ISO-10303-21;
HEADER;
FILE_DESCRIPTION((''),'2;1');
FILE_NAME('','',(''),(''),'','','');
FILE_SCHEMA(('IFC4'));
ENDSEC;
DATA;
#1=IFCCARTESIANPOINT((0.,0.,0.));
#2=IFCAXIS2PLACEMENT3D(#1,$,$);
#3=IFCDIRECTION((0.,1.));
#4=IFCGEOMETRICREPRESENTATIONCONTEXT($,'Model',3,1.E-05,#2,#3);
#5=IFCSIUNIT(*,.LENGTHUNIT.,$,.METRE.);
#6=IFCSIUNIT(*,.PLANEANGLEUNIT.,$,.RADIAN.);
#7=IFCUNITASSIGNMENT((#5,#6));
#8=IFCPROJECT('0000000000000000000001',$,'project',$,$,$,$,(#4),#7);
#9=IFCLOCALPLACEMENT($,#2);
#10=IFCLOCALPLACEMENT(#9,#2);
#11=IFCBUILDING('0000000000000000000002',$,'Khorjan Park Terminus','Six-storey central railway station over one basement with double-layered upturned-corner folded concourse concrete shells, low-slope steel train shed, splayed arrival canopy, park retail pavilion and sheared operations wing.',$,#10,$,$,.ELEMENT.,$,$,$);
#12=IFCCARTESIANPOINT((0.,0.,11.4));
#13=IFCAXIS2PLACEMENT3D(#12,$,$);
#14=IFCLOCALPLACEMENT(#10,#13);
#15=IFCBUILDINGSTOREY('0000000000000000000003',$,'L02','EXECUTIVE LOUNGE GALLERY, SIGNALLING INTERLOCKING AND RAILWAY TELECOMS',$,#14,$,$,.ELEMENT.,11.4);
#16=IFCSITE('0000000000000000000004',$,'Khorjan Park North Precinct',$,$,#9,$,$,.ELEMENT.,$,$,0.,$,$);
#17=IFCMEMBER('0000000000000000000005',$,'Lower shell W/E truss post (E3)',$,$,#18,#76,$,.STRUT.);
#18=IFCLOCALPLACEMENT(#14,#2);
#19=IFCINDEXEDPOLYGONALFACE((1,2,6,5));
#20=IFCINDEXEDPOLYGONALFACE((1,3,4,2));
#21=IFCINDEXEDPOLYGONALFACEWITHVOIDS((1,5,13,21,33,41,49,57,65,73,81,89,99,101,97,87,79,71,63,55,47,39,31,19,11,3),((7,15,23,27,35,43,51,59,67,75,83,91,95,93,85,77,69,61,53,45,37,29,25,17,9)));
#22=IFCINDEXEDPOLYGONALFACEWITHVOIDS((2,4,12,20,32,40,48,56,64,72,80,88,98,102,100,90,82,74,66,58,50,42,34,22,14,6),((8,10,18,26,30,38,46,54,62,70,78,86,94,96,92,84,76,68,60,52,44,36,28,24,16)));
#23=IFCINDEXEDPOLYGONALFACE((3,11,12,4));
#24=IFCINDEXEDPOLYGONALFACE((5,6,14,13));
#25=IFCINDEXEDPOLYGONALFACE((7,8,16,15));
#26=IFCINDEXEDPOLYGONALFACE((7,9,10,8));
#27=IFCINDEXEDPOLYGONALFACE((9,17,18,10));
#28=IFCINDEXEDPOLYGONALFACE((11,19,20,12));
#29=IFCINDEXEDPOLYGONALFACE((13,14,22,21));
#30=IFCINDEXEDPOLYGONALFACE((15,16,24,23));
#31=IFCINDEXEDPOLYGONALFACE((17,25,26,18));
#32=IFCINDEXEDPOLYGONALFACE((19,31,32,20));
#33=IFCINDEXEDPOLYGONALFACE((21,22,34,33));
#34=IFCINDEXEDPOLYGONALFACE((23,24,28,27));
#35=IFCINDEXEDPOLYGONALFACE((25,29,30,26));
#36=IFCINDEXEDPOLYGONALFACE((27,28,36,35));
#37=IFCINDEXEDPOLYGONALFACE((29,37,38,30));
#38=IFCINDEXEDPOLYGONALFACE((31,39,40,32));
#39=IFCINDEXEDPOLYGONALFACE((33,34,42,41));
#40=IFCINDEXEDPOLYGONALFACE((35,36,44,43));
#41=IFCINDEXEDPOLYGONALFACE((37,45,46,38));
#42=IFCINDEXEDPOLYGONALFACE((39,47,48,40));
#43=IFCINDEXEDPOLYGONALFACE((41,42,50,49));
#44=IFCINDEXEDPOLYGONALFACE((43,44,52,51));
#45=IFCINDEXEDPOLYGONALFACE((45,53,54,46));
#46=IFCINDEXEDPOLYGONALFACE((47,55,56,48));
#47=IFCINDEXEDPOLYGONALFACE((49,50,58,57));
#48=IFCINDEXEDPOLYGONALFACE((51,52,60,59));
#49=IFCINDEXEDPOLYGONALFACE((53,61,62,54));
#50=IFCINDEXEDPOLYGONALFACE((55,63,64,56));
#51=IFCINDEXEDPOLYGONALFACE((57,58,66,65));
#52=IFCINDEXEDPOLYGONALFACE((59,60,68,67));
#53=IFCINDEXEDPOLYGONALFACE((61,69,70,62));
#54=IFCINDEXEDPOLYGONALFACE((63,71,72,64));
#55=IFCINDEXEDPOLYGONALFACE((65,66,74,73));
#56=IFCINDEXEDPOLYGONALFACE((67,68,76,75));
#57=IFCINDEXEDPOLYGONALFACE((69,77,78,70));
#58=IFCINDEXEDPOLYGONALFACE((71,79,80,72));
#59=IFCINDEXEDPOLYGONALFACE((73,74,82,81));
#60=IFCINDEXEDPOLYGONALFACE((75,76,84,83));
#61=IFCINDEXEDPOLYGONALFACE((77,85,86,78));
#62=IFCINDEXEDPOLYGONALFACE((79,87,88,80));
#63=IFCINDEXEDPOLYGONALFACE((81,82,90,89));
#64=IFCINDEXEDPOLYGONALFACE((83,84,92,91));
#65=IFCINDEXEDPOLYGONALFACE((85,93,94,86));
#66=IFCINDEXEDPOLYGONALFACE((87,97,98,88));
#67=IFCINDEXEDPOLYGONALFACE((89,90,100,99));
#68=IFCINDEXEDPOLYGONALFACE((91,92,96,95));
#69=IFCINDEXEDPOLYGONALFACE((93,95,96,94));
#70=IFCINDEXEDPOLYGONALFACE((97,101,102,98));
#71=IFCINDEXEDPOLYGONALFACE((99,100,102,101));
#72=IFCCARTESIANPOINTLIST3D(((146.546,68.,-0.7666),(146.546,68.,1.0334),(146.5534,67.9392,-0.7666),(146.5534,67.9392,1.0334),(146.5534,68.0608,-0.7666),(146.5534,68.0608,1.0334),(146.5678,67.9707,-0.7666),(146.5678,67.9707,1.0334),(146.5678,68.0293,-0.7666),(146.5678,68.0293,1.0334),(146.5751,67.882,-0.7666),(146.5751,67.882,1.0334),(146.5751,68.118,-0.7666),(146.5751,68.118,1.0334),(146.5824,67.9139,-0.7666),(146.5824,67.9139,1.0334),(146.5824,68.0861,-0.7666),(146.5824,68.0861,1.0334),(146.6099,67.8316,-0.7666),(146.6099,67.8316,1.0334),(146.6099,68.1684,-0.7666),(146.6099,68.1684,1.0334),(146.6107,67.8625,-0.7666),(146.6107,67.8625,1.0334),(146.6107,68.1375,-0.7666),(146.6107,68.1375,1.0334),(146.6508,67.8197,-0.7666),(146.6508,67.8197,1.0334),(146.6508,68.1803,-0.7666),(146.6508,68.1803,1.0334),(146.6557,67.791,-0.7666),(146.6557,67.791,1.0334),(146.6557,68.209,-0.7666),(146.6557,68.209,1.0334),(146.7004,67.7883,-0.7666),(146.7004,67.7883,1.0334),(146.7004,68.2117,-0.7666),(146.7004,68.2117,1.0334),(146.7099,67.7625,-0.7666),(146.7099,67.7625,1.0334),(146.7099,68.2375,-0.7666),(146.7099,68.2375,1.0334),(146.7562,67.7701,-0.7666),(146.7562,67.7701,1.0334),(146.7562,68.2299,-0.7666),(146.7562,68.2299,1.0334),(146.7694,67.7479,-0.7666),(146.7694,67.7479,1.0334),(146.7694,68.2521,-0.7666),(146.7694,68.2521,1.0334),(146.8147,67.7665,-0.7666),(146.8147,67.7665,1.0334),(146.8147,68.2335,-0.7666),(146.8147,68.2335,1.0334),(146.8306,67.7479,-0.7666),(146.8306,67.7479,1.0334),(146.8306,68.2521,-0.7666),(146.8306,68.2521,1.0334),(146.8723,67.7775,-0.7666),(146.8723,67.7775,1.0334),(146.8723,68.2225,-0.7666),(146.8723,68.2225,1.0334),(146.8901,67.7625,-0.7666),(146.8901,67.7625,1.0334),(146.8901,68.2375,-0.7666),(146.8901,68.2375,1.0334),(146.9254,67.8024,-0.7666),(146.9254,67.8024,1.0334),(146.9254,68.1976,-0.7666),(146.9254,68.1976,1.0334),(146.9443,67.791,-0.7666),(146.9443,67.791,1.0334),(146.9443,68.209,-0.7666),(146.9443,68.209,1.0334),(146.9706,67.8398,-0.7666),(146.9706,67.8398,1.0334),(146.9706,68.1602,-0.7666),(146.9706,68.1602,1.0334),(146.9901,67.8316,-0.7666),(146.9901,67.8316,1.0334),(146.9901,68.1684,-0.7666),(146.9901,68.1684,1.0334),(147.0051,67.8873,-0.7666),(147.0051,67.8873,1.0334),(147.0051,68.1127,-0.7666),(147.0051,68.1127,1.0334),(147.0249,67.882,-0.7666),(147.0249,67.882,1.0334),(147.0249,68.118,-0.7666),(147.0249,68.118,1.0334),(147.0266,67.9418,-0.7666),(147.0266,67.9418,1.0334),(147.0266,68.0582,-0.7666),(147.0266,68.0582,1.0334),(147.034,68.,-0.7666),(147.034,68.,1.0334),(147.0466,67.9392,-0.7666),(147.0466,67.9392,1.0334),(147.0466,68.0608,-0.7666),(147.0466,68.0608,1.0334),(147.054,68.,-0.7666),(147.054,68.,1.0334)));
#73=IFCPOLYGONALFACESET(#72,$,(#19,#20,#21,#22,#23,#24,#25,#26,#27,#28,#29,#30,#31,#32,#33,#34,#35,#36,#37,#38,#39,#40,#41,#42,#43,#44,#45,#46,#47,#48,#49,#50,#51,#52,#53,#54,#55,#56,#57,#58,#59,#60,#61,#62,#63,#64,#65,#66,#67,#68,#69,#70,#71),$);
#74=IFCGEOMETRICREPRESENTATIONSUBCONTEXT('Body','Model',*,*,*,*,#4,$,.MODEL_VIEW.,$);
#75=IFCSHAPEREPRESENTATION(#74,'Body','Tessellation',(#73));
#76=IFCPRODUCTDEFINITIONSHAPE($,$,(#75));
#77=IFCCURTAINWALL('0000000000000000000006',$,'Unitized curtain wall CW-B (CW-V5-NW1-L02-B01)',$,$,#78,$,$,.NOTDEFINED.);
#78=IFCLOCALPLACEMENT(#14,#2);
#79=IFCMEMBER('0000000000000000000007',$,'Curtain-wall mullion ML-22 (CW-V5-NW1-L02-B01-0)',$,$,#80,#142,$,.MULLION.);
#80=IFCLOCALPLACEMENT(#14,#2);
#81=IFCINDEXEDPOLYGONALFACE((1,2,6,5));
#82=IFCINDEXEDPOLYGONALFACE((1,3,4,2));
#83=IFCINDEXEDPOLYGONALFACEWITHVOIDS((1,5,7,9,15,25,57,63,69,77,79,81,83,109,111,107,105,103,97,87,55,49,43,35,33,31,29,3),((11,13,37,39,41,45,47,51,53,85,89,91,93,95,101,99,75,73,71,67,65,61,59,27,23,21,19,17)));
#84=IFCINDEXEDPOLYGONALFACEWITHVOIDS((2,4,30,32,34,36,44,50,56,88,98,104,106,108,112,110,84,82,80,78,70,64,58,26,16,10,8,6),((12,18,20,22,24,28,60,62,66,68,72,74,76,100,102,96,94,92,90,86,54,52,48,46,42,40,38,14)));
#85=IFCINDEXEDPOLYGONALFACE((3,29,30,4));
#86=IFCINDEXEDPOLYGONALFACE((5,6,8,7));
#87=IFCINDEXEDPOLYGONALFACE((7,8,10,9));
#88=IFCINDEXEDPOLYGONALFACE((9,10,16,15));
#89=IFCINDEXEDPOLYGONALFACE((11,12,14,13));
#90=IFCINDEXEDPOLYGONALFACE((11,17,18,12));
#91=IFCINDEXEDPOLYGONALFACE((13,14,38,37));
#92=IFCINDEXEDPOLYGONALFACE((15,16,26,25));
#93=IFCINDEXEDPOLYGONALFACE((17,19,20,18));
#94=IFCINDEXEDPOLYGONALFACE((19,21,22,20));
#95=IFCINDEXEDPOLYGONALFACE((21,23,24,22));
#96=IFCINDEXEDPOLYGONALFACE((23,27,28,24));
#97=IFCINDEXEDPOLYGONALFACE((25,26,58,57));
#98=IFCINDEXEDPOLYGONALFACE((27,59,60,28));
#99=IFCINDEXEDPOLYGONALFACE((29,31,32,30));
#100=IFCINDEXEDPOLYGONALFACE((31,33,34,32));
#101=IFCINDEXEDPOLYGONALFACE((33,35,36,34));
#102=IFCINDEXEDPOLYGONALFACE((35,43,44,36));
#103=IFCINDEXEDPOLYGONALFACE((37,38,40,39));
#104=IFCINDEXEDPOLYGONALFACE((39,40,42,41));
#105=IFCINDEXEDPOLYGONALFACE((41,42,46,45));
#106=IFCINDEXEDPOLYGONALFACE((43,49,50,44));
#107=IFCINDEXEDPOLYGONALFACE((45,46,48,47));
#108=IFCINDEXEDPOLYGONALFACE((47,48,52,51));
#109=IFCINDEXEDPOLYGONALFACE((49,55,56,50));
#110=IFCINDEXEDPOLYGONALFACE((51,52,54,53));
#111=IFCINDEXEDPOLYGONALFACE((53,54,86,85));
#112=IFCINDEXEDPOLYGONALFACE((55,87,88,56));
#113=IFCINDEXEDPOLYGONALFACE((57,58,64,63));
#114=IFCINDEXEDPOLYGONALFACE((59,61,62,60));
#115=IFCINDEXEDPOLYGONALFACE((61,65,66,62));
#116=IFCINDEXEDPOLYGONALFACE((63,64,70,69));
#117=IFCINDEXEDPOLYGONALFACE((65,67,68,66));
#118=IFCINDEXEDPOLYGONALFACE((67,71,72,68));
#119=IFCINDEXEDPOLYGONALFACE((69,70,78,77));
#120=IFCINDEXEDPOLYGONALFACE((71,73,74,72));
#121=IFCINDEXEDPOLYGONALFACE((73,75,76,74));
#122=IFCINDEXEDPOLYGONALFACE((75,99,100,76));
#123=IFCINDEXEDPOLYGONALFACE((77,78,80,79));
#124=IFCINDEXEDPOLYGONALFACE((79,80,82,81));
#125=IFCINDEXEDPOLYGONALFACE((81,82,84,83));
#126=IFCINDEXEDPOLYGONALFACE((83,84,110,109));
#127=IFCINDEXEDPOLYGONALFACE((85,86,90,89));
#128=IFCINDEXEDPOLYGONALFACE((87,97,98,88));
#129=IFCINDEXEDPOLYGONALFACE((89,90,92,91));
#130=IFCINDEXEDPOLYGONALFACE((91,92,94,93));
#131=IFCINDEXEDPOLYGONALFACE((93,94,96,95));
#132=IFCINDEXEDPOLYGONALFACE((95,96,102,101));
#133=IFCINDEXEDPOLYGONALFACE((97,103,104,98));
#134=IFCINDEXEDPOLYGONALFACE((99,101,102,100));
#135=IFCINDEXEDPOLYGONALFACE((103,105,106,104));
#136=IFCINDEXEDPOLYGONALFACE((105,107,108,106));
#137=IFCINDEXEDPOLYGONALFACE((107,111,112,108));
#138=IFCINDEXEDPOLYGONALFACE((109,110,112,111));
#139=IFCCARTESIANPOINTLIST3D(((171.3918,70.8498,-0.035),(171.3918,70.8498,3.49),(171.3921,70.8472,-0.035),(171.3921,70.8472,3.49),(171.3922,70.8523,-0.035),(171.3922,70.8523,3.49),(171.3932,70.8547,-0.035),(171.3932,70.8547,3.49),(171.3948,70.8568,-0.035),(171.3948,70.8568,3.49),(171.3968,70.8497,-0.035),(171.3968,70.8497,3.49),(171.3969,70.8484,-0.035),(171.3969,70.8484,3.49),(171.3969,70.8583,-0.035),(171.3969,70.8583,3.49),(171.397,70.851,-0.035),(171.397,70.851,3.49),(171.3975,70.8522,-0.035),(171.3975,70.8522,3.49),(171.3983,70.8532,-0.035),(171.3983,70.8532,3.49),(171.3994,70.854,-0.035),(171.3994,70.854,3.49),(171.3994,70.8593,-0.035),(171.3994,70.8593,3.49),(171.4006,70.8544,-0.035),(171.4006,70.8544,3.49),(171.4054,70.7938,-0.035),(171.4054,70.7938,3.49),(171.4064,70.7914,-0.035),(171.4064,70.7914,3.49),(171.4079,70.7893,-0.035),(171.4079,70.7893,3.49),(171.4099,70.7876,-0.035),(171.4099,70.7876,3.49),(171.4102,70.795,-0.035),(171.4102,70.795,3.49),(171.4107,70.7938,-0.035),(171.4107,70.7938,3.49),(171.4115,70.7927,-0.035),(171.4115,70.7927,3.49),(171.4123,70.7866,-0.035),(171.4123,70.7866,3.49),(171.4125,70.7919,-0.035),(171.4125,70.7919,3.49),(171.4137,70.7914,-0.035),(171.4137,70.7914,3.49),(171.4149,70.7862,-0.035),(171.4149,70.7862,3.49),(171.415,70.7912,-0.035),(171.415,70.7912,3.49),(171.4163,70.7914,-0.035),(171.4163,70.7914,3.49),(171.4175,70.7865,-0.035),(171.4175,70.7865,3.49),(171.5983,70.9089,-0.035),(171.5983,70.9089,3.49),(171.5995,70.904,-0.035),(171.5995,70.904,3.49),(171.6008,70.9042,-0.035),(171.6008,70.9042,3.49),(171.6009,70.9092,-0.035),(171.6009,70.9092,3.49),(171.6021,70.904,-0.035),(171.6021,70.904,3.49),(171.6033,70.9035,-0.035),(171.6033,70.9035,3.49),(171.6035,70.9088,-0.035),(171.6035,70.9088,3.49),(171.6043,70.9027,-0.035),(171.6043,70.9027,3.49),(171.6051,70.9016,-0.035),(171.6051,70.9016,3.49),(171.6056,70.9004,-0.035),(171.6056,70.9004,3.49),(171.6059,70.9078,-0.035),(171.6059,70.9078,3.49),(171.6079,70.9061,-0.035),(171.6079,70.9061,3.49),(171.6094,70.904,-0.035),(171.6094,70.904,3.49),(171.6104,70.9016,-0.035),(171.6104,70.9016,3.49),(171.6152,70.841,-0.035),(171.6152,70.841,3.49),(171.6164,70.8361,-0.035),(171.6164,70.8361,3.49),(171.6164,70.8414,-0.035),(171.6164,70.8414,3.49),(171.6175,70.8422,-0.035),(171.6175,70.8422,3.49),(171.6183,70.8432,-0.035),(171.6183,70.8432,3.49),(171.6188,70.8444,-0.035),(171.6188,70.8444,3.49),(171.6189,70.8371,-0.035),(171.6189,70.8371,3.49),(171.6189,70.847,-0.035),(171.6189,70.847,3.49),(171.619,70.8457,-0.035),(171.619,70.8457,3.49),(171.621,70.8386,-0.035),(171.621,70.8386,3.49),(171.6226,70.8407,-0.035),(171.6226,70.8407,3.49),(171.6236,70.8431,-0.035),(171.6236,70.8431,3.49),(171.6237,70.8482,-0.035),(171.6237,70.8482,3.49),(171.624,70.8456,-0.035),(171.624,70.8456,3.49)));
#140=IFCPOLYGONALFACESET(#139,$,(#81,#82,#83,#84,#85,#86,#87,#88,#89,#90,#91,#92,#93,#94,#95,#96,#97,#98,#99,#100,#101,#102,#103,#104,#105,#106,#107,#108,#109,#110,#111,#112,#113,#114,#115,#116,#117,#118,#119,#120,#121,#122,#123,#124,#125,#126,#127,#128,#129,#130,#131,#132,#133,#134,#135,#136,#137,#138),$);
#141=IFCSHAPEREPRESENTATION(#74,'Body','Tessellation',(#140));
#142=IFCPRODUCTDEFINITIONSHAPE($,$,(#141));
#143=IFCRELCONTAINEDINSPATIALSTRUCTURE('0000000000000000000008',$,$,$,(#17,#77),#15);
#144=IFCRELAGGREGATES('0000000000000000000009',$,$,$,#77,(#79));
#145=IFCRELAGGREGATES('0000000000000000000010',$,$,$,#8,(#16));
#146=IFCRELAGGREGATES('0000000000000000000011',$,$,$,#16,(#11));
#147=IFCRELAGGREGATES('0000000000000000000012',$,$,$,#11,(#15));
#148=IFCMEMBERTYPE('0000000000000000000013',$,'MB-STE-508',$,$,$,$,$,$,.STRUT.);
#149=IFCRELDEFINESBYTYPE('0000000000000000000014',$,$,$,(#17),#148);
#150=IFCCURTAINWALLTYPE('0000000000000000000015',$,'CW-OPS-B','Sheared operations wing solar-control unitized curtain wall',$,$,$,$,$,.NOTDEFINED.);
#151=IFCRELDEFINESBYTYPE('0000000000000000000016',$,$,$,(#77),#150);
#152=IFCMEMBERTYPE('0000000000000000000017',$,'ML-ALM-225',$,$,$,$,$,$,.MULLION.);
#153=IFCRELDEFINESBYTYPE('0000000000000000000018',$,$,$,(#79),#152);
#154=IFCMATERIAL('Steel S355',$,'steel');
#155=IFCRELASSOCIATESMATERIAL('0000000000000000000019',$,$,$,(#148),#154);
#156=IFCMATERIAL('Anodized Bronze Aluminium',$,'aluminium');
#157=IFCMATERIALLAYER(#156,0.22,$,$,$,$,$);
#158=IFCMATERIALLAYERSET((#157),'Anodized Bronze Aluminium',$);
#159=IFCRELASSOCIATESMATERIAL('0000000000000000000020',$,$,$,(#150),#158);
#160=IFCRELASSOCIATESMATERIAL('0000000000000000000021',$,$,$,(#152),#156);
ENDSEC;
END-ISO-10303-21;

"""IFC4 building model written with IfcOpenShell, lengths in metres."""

from ifc_helpers import new_model, si_unit, direction, frame, origin, origin_2d, place, context, subcontext, project, spatial, hollow_rectangle, hollow_circle, extrude, material, layer, layer_set, material_profile, profile_set, type_object, element, aggregate, save


model = new_model("IFC4")

# Units and contexts
model_context = context("Model", 3, precision=1e-05, world=origin(), true_north=direction((0.0, 1.0)))
body_context = subcontext(model_context, "Body", "Model", "MODEL_VIEW")
ifc_project = project(units=[si_unit("LENGTHUNIT", "METRE"), si_unit("PLANEANGLEUNIT", "RADIAN")], contexts=[model_context])

# Site, building, storey
site_placement = place(None, origin())
site = spatial("IfcSite", under=ifc_project, at=site_placement, Name="Khorjan Park North Precinct", CompositionType="ELEMENT", RefElevation=0.0)
building_placement = place(site_placement, origin())
building = spatial("IfcBuilding", under=site, at=building_placement, Name="Khorjan Park Terminus", Description="Six-storey central railway station over one basement with double-layered upturned-corner folded concourse concrete shells, low-slope steel train shed, splayed arrival canopy, park retail pavilion and sheared operations wing.", CompositionType="ELEMENT")
storey_placement = place(building_placement, frame((0.0, 0.0, 11.4)))
storey = spatial("IfcBuildingStorey", under=building, at=storey_placement, Name="L02", Description="EXECUTIVE LOUNGE GALLERY, SIGNALLING INTERLOCKING AND RAILWAY TELECOMS", CompositionType="ELEMENT", Elevation=11.4)

# Shared definitions
ifc_material_1 = material(Name="Steel S355", Category="steel")

# Member
ifc_material_profile_1 = material_profile(ifc_material_1, hollow_circle(Radius=0.254, WallThickness=0.02, at=origin_2d()), Name="CHS 508x20")
ifc_profile_set_1 = profile_set([ifc_material_profile_1], Name="Steel S355")
member_type_1 = type_object("IfcMemberType", Name="MB-STE-508", PredefinedType="STRUT", material=ifc_profile_set_1)
for number, where, z_axis, x_axis, name in (
    (1, (146.8, 68.0, -0.7666), (0.0, 0.0, 1.0), (1.0, 0.0, 0.0), "Lower shell W/E truss post (E3)"),
):
    element("IfcMember", number, at=place(storey_placement, frame(where, z_axis=z_axis, x_axis=x_axis)), inside=storey, type_object=member_type_1, Name=name, PredefinedType="STRUT", context=body_context, shape_type="SweptSolid", body=[
        extrude(hollow_circle(Radius=0.254, WallThickness=0.02, at=origin_2d()), origin(), (0.0, 0.0, 1.0), 1.8),
    ])

# Curtain wall, member
ifc_material_2 = material(Name="Anodized Bronze Aluminium", Category="aluminium")
ifc_layer_1 = layer(ifc_material_2, 0.22)
ifc_layer_set_1 = layer_set([ifc_layer_1], Name="Anodized Bronze Aluminium")
curtain_wall_type = type_object("IfcCurtainWallType", Name="CW-OPS-B", Description="Sheared operations wing solar-control unitized curtain wall", PredefinedType="NOTDEFINED", material=ifc_layer_set_1)
curtain_wall_placement = place(storey_placement, origin())
curtain_wall = element("IfcCurtainWall", 2, at=curtain_wall_placement, inside=storey, type_object=curtain_wall_type, Name="Unitized curtain wall CW-B (CW-V5-NW1-L02-B01)", PredefinedType="NOTDEFINED")
ifc_material_profile_2 = material_profile(ifc_material_2, hollow_rectangle(XDim=0.075, YDim=0.225, WallThickness=0.005, InnerFilletRadius=0.005, OuterFilletRadius=0.01, at=origin_2d()), Name="ALM 75x225x5")
ifc_profile_set_2 = profile_set([ifc_material_profile_2], Name="Anodized Bronze Aluminium")
member_type_2 = type_object("IfcMemberType", Name="ML-ALM-225", PredefinedType="MULLION", material=ifc_profile_set_2)
member_1_placement = place(storey_placement, frame((171.5079, 70.8477, -0.035), z_axis=(0.0, 0.0, 1.0), x_axis=(0.241921, -0.970296, 0.0)))
member_1 = element("IfcMember", 3, at=member_1_placement, type_object=member_type_2, Name="Curtain-wall mullion ML-22 (CW-V5-NW1-L02-B01-0)", PredefinedType="MULLION", context=body_context, shape_type="SweptSolid", body=[
    extrude(hollow_rectangle(XDim=0.075, YDim=0.225, WallThickness=0.005, InnerFilletRadius=0.005, OuterFilletRadius=0.01, at=origin_2d()), origin(), (0.0, 0.0, 1.0), 3.525),
])

aggregate(curtain_wall, [member_1])

save(model, "model.ifc")
